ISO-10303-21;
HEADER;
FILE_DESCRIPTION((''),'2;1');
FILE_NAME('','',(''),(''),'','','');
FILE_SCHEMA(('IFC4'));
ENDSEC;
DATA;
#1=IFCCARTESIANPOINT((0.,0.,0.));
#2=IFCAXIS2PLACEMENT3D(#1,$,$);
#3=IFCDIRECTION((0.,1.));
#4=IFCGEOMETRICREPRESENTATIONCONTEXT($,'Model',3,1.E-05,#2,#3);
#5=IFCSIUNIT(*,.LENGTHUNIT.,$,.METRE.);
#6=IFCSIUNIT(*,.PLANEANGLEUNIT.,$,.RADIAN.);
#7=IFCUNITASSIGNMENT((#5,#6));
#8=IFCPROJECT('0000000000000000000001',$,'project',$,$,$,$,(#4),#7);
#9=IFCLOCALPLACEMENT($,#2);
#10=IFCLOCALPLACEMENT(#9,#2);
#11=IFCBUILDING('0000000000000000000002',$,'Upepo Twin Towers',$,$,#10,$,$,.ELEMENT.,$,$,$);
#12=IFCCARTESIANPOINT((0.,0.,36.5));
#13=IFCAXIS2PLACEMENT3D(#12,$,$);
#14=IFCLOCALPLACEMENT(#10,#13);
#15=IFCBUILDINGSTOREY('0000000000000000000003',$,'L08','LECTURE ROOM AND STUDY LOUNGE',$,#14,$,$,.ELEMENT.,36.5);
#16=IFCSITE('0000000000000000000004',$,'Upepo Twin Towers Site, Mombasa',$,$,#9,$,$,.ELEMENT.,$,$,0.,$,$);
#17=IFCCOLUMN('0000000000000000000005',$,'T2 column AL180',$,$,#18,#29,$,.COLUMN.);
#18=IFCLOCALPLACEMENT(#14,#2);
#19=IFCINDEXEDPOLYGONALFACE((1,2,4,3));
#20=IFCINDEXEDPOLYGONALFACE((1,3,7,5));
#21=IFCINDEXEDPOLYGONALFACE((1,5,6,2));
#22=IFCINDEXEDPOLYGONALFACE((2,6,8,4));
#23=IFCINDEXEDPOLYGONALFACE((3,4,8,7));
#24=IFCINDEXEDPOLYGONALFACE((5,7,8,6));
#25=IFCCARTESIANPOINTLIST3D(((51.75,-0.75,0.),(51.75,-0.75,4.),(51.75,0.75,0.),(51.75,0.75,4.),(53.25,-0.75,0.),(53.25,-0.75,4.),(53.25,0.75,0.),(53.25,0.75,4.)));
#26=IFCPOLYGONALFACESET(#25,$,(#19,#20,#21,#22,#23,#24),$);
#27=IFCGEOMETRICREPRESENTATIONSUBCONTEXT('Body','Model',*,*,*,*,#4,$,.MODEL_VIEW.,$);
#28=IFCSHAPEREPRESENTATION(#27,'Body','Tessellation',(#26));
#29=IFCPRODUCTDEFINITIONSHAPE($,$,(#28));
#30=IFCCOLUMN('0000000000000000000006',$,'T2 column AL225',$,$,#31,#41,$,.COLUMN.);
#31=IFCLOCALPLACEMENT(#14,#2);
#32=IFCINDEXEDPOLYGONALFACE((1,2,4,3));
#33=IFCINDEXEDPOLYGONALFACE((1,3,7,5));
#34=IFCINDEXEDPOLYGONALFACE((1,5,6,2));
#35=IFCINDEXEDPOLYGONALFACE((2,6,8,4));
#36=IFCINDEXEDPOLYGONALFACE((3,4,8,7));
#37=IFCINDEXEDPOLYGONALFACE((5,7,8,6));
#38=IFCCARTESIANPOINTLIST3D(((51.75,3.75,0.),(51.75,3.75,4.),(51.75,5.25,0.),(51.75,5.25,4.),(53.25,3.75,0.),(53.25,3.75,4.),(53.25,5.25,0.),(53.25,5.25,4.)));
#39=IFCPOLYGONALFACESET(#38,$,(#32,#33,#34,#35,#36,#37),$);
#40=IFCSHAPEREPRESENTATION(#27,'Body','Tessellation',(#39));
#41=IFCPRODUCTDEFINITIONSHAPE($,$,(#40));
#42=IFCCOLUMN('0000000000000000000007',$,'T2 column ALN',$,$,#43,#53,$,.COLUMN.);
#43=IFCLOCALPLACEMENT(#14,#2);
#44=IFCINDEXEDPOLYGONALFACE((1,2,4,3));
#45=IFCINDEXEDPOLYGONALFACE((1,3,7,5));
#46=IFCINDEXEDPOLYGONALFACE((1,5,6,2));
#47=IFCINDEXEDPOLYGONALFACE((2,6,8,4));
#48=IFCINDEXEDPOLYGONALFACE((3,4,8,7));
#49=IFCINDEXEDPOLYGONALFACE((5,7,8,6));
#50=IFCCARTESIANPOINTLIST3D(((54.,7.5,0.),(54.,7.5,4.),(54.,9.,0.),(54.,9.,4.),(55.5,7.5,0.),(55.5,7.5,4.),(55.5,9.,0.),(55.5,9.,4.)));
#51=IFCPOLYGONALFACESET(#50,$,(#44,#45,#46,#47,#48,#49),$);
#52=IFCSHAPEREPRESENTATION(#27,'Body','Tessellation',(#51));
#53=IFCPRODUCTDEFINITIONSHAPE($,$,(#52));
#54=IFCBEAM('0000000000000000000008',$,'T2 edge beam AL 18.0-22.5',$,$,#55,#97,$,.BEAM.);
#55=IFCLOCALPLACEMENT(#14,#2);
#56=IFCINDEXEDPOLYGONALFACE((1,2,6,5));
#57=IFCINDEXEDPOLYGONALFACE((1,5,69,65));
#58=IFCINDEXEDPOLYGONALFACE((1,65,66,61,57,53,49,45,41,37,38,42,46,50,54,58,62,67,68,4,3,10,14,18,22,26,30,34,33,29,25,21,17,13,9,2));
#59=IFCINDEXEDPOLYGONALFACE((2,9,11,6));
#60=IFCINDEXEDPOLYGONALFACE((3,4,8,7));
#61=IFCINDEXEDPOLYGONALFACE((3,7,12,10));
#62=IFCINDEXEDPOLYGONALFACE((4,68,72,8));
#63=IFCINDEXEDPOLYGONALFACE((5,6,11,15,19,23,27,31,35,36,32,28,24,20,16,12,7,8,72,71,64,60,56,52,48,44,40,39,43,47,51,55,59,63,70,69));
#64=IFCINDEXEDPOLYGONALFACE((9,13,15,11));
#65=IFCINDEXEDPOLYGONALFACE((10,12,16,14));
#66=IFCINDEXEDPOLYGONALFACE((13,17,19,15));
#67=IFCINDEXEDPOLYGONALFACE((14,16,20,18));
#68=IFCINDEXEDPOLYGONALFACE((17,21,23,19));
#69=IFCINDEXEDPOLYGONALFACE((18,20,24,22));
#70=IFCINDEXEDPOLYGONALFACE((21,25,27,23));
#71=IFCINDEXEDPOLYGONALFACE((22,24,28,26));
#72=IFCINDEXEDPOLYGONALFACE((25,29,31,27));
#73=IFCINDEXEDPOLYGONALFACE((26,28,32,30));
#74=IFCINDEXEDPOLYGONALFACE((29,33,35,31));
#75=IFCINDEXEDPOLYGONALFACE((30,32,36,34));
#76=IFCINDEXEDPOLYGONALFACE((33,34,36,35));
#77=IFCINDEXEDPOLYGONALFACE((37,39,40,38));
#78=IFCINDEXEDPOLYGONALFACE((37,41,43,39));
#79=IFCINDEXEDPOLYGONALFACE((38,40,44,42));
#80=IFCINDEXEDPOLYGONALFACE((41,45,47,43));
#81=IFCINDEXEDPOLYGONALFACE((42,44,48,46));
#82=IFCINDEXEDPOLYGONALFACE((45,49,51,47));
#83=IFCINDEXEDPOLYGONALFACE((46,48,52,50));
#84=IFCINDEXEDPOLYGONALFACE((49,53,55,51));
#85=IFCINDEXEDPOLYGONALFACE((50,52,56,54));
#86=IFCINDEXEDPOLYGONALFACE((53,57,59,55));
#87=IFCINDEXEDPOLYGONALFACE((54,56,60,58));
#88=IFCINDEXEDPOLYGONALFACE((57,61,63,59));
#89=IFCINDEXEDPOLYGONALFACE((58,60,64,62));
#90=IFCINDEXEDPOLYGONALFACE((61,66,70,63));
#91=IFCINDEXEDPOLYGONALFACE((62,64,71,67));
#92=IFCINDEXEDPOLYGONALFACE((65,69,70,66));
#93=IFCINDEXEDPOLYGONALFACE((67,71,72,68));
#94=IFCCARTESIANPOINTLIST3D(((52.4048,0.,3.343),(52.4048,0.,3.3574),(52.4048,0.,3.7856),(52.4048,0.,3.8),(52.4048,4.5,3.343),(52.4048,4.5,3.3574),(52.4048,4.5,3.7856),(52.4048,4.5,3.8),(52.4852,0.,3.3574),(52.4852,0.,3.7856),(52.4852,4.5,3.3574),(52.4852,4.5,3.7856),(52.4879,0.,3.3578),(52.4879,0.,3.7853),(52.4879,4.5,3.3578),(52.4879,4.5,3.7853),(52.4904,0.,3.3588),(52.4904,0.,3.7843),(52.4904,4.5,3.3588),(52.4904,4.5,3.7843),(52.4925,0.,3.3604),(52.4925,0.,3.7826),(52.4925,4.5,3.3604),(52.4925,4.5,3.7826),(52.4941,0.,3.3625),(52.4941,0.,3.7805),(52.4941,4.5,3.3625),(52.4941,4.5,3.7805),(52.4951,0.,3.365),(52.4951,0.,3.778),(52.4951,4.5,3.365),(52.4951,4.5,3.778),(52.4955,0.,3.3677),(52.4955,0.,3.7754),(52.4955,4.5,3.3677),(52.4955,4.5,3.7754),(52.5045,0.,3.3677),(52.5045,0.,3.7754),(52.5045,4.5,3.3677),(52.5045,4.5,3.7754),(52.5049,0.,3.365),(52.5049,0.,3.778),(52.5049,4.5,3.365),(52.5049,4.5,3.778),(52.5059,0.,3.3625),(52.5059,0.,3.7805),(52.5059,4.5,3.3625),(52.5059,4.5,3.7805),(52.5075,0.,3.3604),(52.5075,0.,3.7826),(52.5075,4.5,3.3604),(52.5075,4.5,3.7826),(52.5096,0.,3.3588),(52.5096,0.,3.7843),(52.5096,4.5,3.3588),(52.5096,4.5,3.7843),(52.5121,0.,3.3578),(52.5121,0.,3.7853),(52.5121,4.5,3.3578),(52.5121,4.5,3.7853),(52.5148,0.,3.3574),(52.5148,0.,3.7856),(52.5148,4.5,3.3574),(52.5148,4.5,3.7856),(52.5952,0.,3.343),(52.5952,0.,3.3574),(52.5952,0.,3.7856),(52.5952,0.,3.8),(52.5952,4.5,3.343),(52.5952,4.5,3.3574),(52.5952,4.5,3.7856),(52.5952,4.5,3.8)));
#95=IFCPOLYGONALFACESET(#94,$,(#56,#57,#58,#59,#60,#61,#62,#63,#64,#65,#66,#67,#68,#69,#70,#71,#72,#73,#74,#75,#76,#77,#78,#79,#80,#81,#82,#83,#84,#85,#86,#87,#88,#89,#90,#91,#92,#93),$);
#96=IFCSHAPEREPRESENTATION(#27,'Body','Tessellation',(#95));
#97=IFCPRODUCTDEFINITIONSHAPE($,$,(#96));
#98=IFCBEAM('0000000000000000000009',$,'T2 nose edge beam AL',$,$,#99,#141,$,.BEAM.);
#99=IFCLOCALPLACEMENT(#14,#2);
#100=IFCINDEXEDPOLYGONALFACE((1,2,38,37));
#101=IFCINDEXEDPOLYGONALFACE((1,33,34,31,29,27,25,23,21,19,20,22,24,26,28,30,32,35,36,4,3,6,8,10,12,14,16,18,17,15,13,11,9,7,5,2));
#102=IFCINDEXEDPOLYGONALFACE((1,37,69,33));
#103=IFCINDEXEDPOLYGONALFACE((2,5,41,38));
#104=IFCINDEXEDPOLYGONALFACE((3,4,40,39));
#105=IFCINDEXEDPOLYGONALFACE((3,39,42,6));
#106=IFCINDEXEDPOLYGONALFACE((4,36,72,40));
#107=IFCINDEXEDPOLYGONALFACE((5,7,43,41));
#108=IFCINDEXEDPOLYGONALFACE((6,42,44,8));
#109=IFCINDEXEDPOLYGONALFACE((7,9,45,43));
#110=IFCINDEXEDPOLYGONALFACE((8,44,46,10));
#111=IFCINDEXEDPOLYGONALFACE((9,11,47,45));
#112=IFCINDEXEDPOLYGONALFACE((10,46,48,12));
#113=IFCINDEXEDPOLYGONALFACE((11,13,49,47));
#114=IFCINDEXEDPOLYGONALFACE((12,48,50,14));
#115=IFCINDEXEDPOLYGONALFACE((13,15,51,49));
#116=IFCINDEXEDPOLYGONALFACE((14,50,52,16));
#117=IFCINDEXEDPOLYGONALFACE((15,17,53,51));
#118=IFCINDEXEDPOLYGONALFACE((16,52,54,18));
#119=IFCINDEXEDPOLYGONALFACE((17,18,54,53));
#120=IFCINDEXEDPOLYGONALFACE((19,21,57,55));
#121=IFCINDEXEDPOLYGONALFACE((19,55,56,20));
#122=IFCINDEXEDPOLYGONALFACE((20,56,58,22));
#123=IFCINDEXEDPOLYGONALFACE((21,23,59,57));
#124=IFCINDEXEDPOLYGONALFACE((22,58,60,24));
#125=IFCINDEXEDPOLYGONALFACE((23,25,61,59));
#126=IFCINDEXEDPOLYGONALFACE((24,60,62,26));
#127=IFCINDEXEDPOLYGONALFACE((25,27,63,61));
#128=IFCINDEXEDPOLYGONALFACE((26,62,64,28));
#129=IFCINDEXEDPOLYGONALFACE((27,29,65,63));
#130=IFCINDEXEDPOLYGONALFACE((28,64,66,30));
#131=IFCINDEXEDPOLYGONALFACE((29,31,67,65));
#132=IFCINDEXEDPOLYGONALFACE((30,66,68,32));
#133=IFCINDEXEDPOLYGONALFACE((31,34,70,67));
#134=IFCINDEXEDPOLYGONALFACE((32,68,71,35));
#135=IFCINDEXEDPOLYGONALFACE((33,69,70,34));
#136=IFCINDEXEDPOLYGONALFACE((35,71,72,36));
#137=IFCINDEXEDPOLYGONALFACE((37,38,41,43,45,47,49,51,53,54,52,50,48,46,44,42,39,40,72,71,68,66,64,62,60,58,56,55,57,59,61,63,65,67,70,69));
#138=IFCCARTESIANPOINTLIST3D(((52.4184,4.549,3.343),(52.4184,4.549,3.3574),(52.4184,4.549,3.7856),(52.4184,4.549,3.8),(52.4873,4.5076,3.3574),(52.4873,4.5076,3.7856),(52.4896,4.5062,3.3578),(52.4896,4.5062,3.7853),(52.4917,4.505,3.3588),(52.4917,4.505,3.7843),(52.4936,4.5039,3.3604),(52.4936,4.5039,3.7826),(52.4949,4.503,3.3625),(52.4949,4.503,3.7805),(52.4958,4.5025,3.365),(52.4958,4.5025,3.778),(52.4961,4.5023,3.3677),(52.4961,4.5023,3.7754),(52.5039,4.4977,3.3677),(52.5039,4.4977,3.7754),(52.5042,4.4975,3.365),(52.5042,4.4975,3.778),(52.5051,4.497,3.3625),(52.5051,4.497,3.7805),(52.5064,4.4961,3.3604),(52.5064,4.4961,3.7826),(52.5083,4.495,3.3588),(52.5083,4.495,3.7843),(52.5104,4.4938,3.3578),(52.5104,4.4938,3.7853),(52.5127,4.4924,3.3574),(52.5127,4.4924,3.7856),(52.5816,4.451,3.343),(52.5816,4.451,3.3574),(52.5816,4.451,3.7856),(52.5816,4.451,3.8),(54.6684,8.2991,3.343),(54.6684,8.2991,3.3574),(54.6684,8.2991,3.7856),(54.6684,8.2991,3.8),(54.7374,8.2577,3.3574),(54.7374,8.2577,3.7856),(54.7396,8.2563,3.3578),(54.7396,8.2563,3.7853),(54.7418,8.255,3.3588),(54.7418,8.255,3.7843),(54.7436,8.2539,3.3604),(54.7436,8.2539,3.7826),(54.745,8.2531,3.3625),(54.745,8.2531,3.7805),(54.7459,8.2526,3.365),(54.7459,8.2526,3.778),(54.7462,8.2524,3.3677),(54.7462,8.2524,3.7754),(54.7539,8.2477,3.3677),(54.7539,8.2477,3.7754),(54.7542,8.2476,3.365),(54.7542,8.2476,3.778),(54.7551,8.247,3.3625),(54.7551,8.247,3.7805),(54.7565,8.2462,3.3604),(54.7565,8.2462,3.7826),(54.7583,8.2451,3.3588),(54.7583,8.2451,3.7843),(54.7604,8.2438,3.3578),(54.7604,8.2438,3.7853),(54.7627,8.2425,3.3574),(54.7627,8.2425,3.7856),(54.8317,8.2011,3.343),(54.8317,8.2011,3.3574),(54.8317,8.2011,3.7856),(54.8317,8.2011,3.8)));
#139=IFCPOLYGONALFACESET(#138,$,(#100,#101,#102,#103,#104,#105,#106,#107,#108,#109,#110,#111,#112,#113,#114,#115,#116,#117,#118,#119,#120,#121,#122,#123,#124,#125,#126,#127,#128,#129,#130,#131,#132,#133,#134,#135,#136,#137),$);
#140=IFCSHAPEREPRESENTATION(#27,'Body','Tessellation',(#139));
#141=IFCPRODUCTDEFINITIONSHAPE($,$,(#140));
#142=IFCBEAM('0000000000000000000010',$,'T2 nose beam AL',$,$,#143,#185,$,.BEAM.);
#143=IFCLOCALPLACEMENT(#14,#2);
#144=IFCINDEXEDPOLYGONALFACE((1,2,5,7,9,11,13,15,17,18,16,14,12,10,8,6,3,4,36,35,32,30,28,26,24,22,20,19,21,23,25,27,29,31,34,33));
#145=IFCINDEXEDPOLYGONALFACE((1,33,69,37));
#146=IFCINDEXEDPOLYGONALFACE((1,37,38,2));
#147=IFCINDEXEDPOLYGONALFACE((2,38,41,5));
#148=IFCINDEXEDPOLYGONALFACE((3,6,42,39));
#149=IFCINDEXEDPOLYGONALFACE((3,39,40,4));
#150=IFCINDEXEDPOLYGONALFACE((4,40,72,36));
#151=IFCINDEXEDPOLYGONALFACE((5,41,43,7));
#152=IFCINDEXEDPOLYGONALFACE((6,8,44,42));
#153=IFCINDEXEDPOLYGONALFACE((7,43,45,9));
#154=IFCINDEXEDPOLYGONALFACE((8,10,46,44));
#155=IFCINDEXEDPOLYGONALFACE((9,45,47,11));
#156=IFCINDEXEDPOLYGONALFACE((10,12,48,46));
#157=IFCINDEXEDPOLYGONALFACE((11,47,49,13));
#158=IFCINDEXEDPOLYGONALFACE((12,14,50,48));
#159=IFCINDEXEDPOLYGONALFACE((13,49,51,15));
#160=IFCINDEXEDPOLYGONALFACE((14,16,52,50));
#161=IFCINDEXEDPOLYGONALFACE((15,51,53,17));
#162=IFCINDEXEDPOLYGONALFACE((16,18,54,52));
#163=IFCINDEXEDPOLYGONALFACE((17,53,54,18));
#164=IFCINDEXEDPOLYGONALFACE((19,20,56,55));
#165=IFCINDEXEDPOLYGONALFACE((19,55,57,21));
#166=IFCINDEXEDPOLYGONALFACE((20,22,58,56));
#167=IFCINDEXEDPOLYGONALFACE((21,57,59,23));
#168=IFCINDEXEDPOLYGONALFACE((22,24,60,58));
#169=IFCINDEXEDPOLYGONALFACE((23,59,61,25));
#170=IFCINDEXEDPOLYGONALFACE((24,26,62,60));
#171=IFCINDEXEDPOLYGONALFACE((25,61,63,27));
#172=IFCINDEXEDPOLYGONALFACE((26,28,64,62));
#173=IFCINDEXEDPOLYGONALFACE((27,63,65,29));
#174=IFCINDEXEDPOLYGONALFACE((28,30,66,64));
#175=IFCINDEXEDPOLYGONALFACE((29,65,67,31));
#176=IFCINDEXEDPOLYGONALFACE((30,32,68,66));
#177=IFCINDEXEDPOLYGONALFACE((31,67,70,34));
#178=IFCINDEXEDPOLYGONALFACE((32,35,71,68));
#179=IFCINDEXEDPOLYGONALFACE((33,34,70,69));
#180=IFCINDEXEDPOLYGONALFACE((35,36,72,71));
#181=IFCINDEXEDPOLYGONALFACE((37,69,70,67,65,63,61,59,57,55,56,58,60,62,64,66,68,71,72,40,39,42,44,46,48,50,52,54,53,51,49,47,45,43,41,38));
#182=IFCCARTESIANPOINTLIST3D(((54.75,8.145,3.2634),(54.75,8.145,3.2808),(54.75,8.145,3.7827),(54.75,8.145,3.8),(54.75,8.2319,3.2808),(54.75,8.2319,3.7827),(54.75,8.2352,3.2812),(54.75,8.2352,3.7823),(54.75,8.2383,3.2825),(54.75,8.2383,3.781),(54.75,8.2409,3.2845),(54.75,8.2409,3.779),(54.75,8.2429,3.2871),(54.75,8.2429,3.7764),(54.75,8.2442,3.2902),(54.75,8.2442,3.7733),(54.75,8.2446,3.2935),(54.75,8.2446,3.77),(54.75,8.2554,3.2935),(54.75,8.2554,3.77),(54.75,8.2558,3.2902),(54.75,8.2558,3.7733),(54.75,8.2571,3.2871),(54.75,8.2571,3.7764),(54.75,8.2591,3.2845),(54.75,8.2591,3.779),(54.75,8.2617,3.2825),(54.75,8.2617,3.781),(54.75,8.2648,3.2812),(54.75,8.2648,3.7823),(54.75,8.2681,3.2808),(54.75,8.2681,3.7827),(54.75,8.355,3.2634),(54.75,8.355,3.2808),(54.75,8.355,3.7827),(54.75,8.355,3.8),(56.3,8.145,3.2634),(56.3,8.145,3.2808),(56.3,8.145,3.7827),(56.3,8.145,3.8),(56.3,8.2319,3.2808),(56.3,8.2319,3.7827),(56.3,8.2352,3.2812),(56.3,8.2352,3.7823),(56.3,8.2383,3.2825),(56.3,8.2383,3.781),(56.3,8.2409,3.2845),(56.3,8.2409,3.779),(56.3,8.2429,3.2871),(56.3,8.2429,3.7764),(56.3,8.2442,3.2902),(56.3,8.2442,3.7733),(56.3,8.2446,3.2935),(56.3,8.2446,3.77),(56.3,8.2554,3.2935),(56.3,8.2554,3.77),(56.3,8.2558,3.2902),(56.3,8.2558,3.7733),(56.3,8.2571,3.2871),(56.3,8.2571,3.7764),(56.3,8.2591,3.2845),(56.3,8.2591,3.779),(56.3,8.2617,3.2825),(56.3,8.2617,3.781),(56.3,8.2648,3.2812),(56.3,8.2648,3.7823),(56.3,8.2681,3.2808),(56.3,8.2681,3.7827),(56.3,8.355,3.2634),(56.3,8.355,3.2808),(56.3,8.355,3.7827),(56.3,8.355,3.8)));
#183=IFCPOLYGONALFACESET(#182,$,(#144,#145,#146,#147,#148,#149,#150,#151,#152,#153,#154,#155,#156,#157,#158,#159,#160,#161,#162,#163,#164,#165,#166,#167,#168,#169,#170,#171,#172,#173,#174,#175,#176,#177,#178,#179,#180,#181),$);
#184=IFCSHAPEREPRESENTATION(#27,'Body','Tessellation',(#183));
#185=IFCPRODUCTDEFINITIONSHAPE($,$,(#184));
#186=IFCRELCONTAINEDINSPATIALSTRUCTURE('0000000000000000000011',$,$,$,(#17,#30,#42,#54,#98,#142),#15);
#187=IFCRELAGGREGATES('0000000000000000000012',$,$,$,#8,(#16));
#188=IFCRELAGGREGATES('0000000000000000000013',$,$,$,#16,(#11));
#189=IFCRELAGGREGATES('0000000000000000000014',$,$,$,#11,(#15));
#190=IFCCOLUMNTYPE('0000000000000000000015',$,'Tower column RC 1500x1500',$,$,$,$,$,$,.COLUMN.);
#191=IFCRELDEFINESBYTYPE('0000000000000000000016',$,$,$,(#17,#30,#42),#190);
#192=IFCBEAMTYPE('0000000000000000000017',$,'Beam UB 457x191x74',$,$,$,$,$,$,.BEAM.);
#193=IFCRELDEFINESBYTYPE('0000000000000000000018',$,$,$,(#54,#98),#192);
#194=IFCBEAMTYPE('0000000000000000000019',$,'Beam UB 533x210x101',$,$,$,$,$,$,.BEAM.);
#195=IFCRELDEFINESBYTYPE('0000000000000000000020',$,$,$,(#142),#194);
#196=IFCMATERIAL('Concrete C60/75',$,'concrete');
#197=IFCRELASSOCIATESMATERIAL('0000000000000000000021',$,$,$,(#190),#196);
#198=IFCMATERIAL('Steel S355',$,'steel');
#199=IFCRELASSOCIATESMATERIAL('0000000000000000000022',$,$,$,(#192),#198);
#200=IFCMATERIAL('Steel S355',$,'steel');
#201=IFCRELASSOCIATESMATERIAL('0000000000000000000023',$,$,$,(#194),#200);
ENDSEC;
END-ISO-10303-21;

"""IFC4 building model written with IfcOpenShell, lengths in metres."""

from ifc_helpers import new_model, si_unit, direction, frame, origin, origin_2d, place, context, subcontext, project, spatial, rectangle, i_section, extrude, material, material_profile, profile_set, type_object, element, save


model = new_model("IFC4")

# Units and contexts
model_context = context("Model", 3, precision=1e-05, world=origin(), true_north=direction((0.0, 1.0)))
body_context = subcontext(model_context, "Body", "Model", "MODEL_VIEW")
ifc_project = project(units=[si_unit("LENGTHUNIT", "METRE"), si_unit("PLANEANGLEUNIT", "RADIAN")], contexts=[model_context])

# Site, building, storey
site_placement = place(None, origin())
site = spatial("IfcSite", under=ifc_project, at=site_placement, Name="Upepo Twin Towers Site, Mombasa", CompositionType="ELEMENT", RefElevation=0.0)
building_placement = place(site_placement, origin())
building = spatial("IfcBuilding", under=site, at=building_placement, Name="Upepo Twin Towers", CompositionType="ELEMENT")
storey_placement = place(building_placement, frame((0.0, 0.0, 36.5)))
storey = spatial("IfcBuildingStorey", under=building, at=storey_placement, Name="L08", Description="LECTURE ROOM AND STUDY LOUNGE", CompositionType="ELEMENT", Elevation=36.5)

# Columns
ifc_material_1 = material(Name="Concrete C60/75", Category="concrete")
ifc_material_profile_1 = material_profile(ifc_material_1, rectangle(XDim=1.5, YDim=1.5, at=origin_2d()), Name="RC 1500x1500")
ifc_profile_set_1 = profile_set([ifc_material_profile_1], Name="Concrete C60/75")
column_type = type_object("IfcColumnType", Name="Tower column RC 1500x1500", PredefinedType="COLUMN", material=ifc_profile_set_1)
for number, where, z_axis, x_axis, name in (
    (1, (52.5, 0.0, 0.0), (0.0, 0.0, 1.0), (1.0, 0.0, 0.0), "T2 column AL180"),
    (2, (52.5, 4.5, 0.0), (0.0, 0.0, 1.0), (1.0, 0.0, 0.0), "T2 column AL225"),
    (3, (54.75, 8.25, 0.0), (0.0, 0.0, 1.0), (1.0, 0.0, 0.0), "T2 column ALN"),
):
    element("IfcColumn", number, at=place(storey_placement, frame(where, z_axis=z_axis, x_axis=x_axis)), inside=storey, type_object=column_type, Name=name, PredefinedType="COLUMN", context=body_context, shape_type="SweptSolid", body=[
        extrude(rectangle(XDim=1.5, YDim=1.5, at=origin_2d()), origin(), (0.0, 0.0, 1.0), 4.0),
    ])

# Beams
ifc_material_2 = material(Name="Steel S355", Category="steel")
ifc_material_profile_2 = material_profile(ifc_material_2, i_section(OverallWidth=0.1904, OverallDepth=0.457, WebThickness=0.009, FlangeThickness=0.0144, FilletRadius=0.0103, at=origin_2d()), Name="UB 457x191x74")
ifc_profile_set_2 = profile_set([ifc_material_profile_2], Name="Steel S355")
beam_type_1 = type_object("IfcBeamType", Name="Beam UB 457x191x74", PredefinedType="BEAM", material=ifc_profile_set_2)
beam_1_placement = place(storey_placement, frame((52.5, 0.0, 3.5715), z_axis=(0.0, 1.0, 0.0), x_axis=(-1.0, 0.0, 0.0)))
element("IfcBeam", 4, at=beam_1_placement, inside=storey, type_object=beam_type_1, Name="T2 edge beam AL 18.0-22.5", PredefinedType="BEAM", context=body_context, shape_type="SweptSolid", body=[
    extrude(i_section(OverallWidth=0.1904, OverallDepth=0.457, WebThickness=0.009, FlangeThickness=0.0144, FilletRadius=0.0103, at=origin_2d()), origin(), (0.0, 0.0, 1.0), 4.5),
])
beam_2_placement = place(storey_placement, frame((52.5, 4.5, 3.5715), z_axis=(0.514496, 0.857493, 0.0), x_axis=(-0.857493, 0.514496, 0.0)))
element("IfcBeam", 5, at=beam_2_placement, inside=storey, type_object=beam_type_1, Name="T2 nose edge beam AL", PredefinedType="BEAM", context=body_context, shape_type="SweptSolid", body=[
    extrude(i_section(OverallWidth=0.1904, OverallDepth=0.457, WebThickness=0.009, FlangeThickness=0.0144, FilletRadius=0.0103, at=origin_2d()), origin(), (0.0, 0.0, 1.0), 4.3733),
])
ifc_material_3 = material(Name="Steel S355", Category="steel")
ifc_material_profile_3 = material_profile(ifc_material_3, i_section(OverallWidth=0.21, OverallDepth=0.5366, WebThickness=0.0107, FlangeThickness=0.0173, FilletRadius=0.0127, at=origin_2d()), Name="UB 533x210x101")
ifc_profile_set_3 = profile_set([ifc_material_profile_3], Name="Steel S355")
beam_type_2 = type_object("IfcBeamType", Name="Beam UB 533x210x101", PredefinedType="BEAM", material=ifc_profile_set_3)
beam_3_placement = place(storey_placement, frame((54.75, 8.25, 3.5317), z_axis=(1.0, 0.0, 0.0), x_axis=(0.0, 1.0, 0.0)))
element("IfcBeam", 6, at=beam_3_placement, inside=storey, type_object=beam_type_2, Name="T2 nose beam AL", PredefinedType="BEAM", context=body_context, shape_type="SweptSolid", body=[
    extrude(i_section(OverallWidth=0.21, OverallDepth=0.5366, WebThickness=0.0107, FlangeThickness=0.0173, FilletRadius=0.0127, at=origin_2d()), origin(), (0.0, 0.0, 1.0), 1.55),
])

save(model, "model.ifc")
